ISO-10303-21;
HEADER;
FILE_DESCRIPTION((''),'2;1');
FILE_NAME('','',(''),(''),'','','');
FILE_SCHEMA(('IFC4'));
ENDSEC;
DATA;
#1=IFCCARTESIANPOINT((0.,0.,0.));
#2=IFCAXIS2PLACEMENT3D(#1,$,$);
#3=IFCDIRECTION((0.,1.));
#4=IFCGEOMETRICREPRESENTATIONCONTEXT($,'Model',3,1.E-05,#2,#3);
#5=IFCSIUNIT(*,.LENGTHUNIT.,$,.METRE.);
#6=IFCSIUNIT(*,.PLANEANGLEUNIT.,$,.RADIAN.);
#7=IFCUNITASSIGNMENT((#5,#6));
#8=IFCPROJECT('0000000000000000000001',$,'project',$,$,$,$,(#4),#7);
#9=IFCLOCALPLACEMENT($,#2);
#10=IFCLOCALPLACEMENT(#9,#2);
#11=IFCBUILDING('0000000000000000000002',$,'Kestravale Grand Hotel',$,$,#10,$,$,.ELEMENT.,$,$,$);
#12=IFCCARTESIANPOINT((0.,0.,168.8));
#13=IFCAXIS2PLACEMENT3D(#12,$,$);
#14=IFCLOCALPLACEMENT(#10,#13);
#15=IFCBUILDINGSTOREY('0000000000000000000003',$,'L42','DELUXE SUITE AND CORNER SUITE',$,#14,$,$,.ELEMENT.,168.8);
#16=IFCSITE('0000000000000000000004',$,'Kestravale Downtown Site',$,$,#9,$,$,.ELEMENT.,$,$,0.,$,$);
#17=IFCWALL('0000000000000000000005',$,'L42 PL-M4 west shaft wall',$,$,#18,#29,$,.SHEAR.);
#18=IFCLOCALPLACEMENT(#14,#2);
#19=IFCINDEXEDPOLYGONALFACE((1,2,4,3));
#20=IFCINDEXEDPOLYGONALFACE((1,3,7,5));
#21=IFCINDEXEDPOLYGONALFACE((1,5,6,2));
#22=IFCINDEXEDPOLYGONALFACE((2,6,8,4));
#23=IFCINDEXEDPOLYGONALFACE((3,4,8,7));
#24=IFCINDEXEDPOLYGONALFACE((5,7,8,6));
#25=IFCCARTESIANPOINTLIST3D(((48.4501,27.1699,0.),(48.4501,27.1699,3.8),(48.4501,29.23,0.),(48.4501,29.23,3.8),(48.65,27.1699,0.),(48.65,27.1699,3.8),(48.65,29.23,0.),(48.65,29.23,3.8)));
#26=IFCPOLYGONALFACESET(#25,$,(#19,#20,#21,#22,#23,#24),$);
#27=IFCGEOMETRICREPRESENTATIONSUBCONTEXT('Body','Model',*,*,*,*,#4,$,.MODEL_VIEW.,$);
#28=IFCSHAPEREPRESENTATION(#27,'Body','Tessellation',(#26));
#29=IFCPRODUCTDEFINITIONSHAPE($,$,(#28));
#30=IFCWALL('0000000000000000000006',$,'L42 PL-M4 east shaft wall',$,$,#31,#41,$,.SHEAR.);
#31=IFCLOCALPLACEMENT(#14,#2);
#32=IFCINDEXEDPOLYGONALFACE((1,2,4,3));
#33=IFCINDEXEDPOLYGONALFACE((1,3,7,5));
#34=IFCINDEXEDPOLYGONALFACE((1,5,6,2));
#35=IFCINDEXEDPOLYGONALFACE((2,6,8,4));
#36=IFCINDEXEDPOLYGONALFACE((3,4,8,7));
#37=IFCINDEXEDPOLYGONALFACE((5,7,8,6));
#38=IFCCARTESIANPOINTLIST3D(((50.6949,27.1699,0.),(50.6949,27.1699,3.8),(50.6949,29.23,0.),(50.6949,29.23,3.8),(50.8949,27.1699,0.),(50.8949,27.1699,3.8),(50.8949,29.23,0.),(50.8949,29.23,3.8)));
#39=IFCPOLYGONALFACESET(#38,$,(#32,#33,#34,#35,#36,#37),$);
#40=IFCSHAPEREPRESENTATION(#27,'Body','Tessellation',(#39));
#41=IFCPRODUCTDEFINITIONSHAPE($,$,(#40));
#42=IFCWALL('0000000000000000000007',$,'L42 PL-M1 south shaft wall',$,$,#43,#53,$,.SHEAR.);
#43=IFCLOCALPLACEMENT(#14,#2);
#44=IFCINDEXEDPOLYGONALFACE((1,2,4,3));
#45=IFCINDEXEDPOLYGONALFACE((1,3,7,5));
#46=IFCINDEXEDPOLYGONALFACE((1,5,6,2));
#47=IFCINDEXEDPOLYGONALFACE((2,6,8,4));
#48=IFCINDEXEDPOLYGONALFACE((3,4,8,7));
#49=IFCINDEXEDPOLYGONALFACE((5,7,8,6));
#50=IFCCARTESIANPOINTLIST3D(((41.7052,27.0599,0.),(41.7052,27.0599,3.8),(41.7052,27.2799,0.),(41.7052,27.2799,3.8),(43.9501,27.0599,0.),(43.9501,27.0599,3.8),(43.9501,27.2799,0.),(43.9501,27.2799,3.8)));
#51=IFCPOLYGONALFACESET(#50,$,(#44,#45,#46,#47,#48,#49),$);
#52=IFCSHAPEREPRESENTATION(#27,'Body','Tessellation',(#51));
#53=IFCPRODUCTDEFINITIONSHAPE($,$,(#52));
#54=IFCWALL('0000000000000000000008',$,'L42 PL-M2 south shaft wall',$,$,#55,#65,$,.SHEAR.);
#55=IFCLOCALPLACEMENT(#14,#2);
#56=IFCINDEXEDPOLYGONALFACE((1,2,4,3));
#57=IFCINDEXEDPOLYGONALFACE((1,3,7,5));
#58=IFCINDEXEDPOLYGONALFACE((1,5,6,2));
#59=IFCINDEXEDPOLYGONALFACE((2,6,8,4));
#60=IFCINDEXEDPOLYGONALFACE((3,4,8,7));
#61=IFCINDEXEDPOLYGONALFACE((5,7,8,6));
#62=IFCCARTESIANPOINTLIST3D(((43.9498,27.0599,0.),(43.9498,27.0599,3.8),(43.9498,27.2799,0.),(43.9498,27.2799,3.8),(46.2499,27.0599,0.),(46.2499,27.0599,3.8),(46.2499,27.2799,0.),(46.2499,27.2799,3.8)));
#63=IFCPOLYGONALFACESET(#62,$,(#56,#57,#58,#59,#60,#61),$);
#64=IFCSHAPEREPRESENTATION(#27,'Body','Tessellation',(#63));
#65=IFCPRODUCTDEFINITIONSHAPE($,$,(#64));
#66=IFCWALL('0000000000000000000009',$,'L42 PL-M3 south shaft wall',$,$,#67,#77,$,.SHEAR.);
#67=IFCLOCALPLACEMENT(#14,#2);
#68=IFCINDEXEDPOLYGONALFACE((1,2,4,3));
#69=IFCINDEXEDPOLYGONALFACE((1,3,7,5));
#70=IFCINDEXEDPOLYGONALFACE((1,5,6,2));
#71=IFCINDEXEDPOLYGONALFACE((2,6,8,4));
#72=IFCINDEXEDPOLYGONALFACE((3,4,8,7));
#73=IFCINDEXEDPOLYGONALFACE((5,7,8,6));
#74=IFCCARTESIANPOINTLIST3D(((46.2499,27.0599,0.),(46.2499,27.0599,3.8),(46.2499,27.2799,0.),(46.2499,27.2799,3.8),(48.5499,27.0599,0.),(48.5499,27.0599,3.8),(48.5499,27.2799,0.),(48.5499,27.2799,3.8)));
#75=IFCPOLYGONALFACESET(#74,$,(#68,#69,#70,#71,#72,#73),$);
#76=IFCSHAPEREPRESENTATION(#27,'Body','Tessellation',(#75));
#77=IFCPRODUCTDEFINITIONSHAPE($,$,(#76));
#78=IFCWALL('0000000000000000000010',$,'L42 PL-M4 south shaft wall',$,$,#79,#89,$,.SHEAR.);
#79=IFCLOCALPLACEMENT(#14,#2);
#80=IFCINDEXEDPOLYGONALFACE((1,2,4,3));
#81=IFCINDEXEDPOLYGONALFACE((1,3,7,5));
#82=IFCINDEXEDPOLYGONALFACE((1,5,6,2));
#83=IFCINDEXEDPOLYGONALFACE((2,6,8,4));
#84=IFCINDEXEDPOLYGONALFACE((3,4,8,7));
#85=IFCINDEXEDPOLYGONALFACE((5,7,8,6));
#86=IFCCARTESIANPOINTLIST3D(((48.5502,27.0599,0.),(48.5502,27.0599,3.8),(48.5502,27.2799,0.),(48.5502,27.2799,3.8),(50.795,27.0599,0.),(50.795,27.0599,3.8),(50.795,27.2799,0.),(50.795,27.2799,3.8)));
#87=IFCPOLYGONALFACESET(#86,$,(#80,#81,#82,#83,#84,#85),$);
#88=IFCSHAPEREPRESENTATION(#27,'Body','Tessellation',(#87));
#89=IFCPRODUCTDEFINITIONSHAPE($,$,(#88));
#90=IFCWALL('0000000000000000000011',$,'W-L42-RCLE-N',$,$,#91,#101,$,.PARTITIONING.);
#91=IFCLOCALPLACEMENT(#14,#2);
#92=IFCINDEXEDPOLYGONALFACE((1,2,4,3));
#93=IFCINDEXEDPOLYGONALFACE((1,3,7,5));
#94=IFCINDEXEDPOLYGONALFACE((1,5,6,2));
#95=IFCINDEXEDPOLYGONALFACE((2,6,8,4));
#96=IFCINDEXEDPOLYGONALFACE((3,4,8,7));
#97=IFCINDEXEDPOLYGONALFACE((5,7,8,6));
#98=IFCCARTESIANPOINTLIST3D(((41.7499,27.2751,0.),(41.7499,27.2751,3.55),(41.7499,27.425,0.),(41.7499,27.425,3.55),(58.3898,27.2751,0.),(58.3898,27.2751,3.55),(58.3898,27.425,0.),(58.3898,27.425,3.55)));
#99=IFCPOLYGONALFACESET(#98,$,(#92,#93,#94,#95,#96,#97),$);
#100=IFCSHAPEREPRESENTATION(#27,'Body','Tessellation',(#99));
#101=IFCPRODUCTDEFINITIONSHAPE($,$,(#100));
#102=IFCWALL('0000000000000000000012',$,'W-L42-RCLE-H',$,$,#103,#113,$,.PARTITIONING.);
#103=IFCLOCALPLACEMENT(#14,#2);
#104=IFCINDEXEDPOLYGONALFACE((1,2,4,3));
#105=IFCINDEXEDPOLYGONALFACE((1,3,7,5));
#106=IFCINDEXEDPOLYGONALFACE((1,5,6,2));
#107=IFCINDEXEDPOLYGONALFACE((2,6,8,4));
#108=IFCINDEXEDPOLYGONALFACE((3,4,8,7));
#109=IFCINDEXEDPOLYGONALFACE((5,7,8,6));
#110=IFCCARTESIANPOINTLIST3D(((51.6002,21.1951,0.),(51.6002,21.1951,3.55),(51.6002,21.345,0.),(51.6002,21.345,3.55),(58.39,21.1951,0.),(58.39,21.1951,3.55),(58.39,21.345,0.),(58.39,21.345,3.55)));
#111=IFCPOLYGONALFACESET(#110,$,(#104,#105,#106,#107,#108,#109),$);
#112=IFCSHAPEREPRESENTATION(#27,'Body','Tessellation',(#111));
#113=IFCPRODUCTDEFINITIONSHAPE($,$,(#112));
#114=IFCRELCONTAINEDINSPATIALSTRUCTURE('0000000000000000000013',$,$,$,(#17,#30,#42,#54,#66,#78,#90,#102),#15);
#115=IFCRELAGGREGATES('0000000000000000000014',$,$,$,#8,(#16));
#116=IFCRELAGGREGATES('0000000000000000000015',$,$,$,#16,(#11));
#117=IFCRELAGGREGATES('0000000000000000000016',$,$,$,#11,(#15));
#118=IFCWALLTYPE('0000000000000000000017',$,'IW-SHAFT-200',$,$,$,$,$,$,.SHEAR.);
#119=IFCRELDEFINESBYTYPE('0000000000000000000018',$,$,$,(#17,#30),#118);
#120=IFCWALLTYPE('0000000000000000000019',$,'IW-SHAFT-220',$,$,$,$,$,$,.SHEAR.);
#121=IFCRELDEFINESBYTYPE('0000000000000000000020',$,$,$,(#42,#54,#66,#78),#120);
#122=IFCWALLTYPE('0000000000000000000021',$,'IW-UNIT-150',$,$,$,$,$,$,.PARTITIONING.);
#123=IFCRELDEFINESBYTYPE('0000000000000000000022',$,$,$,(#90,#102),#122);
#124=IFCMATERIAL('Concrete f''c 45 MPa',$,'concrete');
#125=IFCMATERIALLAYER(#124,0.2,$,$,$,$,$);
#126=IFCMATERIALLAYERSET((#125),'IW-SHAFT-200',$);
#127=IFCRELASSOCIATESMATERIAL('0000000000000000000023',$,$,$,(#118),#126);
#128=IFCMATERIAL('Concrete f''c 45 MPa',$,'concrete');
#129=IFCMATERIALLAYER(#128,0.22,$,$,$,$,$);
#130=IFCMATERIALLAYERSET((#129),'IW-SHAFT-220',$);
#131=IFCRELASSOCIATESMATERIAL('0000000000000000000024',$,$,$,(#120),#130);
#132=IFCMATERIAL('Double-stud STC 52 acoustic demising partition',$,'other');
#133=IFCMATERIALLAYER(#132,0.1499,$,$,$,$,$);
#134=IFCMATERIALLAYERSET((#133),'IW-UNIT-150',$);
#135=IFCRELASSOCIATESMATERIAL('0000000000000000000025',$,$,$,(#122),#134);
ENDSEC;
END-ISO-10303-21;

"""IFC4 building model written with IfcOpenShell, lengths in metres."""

from ifc_helpers import new_model, si_unit, direction, frame, frame_2d, origin, place, context, subcontext, project, spatial, rectangle, extrude, material, layer, layer_set, type_object, element, save


model = new_model("IFC4")

# Units and contexts
model_context = context("Model", 3, precision=1e-05, world=origin(), true_north=direction((0.0, 1.0)))
body_context = subcontext(model_context, "Body", "Model", "MODEL_VIEW")
ifc_project = project(units=[si_unit("LENGTHUNIT", "METRE"), si_unit("PLANEANGLEUNIT", "RADIAN")], contexts=[model_context])

# Site, building, storey
site_placement = place(None, origin())
site = spatial("IfcSite", under=ifc_project, at=site_placement, Name="Kestravale Downtown Site", CompositionType="ELEMENT", RefElevation=0.0)
building_placement = place(site_placement, origin())
building = spatial("IfcBuilding", under=site, at=building_placement, Name="Kestravale Grand Hotel", CompositionType="ELEMENT")
storey_placement = place(building_placement, frame((0.0, 0.0, 168.8)))
storey = spatial("IfcBuildingStorey", under=building, at=storey_placement, Name="L42", Description="DELUXE SUITE AND CORNER SUITE", CompositionType="ELEMENT", Elevation=168.8)

# Walls
ifc_material_1 = material(Name="Concrete f'c 45 MPa", Category="concrete")
ifc_layer_1 = layer(ifc_material_1, 0.2)
ifc_layer_set_1 = layer_set([ifc_layer_1], Name="IW-SHAFT-200")
wall_type_1 = type_object("IfcWallType", Name="IW-SHAFT-200", PredefinedType="SHEAR", material=ifc_layer_set_1)
for number, where, z_axis, x_axis, name in (
    (1, (48.55, 27.1699, 0.0), (0.0, 0.0, 1.0), (0.0, 1.0, 0.0), "L42 PL-M4 west shaft wall"),
    (2, (50.7949, 27.1699, 0.0), (0.0, 0.0, 1.0), (0.0, 1.0, 0.0), "L42 PL-M4 east shaft wall"),
):
    element("IfcWall", number, at=place(storey_placement, frame(where, z_axis=z_axis, x_axis=x_axis)), inside=storey, type_object=wall_type_1, Name=name, PredefinedType="SHEAR", context=body_context, shape_type="SweptSolid", body=[
        extrude(rectangle(XDim=2.0601, YDim=0.2, at=frame_2d((1.03, 0.0))), origin(), (0.0, 0.0, 1.0), 3.8),
    ])

# Shared definitions
ifc_material_2 = material(Name="Concrete f'c 45 MPa", Category="concrete")
ifc_layer_2 = layer(ifc_material_2, 0.22)
ifc_layer_set_2 = layer_set([ifc_layer_2], Name="IW-SHAFT-220")
wall_type_2 = type_object("IfcWallType", Name="IW-SHAFT-220", PredefinedType="SHEAR", material=ifc_layer_set_2)

# Wall
wall_1_placement = place(storey_placement, frame((41.7051, 27.1699, 0.0), z_axis=(0.0, 0.0, 1.0), x_axis=(1.0, 0.0, 0.0)))
element("IfcWall", 3, at=wall_1_placement, inside=storey, type_object=wall_type_2, Name="L42 PL-M1 south shaft wall", PredefinedType="SHEAR", context=body_context, shape_type="SweptSolid", body=[
    extrude(rectangle(XDim=2.2449, YDim=0.22, at=frame_2d((1.1226, 0.0))), origin(), (0.0, 0.0, 1.0), 3.8),
])

# Wall
wall_2_placement = place(storey_placement, frame((43.95, 27.1699, 0.0), z_axis=(0.0, 0.0, 1.0), x_axis=(1.0, 0.0, 0.0)))
element("IfcWall", 4, at=wall_2_placement, inside=storey, type_object=wall_type_2, Name="L42 PL-M2 south shaft wall", PredefinedType="SHEAR", context=body_context, shape_type="SweptSolid", body=[
    extrude(rectangle(XDim=2.3, YDim=0.22, at=frame_2d((1.1499, 0.0))), origin(), (0.0, 0.0, 1.0), 3.8),
])

# Wall
wall_3_placement = place(storey_placement, frame((46.25, 27.1699, 0.0), z_axis=(0.0, 0.0, 1.0), x_axis=(1.0, 0.0, 0.0)))
element("IfcWall", 5, at=wall_3_placement, inside=storey, type_object=wall_type_2, Name="L42 PL-M3 south shaft wall", PredefinedType="SHEAR", context=body_context, shape_type="SweptSolid", body=[
    extrude(rectangle(XDim=2.3, YDim=0.22, at=frame_2d((1.1499, 0.0))), origin(), (0.0, 0.0, 1.0), 3.8),
])

# Walls
wall_4_placement = place(storey_placement, frame((48.55, 27.1699, 0.0), z_axis=(0.0, 0.0, 1.0), x_axis=(1.0, 0.0, 0.0)))
element("IfcWall", 6, at=wall_4_placement, inside=storey, type_object=wall_type_2, Name="L42 PL-M4 south shaft wall", PredefinedType="SHEAR", context=body_context, shape_type="SweptSolid", body=[
    extrude(rectangle(XDim=2.2449, YDim=0.22, at=frame_2d((1.1226, 0.0))), origin(), (0.0, 0.0, 1.0), 3.8),
])
ifc_material_3 = material(Name="Double-stud STC 52 acoustic demising partition", Category="other")
ifc_layer_3 = layer(ifc_material_3, 0.1499)
ifc_layer_set_3 = layer_set([ifc_layer_3], Name="IW-UNIT-150")
wall_type_3 = type_object("IfcWallType", Name="IW-UNIT-150", PredefinedType="PARTITIONING", material=ifc_layer_set_3)
wall_5_placement = place(storey_placement, frame((41.75, 27.3501, 0.0), z_axis=(0.0, 0.0, 1.0), x_axis=(1.0, 0.0, 0.0)))
element("IfcWall", 7, at=wall_5_placement, inside=storey, type_object=wall_type_3, Name="W-L42-RCLE-N", PredefinedType="PARTITIONING", context=body_context, shape_type="SweptSolid", body=[
    extrude(rectangle(XDim=16.6399, YDim=0.1499, at=frame_2d((8.3198, 0.0))), origin(), (0.0, 0.0, 1.0), 3.55),
])
wall_6_placement = place(storey_placement, frame((51.6001, 21.27, 0.0), z_axis=(0.0, 0.0, 1.0), x_axis=(1.0, 0.0, 0.0)))
element("IfcWall", 8, at=wall_6_placement, inside=storey, type_object=wall_type_3, Name="W-L42-RCLE-H", PredefinedType="PARTITIONING", context=body_context, shape_type="SweptSolid", body=[
    extrude(rectangle(XDim=6.7898, YDim=0.1499, at=frame_2d((3.395, 0.0))), origin(), (0.0, 0.0, 1.0), 3.55),
])

save(model, "model.ifc")
